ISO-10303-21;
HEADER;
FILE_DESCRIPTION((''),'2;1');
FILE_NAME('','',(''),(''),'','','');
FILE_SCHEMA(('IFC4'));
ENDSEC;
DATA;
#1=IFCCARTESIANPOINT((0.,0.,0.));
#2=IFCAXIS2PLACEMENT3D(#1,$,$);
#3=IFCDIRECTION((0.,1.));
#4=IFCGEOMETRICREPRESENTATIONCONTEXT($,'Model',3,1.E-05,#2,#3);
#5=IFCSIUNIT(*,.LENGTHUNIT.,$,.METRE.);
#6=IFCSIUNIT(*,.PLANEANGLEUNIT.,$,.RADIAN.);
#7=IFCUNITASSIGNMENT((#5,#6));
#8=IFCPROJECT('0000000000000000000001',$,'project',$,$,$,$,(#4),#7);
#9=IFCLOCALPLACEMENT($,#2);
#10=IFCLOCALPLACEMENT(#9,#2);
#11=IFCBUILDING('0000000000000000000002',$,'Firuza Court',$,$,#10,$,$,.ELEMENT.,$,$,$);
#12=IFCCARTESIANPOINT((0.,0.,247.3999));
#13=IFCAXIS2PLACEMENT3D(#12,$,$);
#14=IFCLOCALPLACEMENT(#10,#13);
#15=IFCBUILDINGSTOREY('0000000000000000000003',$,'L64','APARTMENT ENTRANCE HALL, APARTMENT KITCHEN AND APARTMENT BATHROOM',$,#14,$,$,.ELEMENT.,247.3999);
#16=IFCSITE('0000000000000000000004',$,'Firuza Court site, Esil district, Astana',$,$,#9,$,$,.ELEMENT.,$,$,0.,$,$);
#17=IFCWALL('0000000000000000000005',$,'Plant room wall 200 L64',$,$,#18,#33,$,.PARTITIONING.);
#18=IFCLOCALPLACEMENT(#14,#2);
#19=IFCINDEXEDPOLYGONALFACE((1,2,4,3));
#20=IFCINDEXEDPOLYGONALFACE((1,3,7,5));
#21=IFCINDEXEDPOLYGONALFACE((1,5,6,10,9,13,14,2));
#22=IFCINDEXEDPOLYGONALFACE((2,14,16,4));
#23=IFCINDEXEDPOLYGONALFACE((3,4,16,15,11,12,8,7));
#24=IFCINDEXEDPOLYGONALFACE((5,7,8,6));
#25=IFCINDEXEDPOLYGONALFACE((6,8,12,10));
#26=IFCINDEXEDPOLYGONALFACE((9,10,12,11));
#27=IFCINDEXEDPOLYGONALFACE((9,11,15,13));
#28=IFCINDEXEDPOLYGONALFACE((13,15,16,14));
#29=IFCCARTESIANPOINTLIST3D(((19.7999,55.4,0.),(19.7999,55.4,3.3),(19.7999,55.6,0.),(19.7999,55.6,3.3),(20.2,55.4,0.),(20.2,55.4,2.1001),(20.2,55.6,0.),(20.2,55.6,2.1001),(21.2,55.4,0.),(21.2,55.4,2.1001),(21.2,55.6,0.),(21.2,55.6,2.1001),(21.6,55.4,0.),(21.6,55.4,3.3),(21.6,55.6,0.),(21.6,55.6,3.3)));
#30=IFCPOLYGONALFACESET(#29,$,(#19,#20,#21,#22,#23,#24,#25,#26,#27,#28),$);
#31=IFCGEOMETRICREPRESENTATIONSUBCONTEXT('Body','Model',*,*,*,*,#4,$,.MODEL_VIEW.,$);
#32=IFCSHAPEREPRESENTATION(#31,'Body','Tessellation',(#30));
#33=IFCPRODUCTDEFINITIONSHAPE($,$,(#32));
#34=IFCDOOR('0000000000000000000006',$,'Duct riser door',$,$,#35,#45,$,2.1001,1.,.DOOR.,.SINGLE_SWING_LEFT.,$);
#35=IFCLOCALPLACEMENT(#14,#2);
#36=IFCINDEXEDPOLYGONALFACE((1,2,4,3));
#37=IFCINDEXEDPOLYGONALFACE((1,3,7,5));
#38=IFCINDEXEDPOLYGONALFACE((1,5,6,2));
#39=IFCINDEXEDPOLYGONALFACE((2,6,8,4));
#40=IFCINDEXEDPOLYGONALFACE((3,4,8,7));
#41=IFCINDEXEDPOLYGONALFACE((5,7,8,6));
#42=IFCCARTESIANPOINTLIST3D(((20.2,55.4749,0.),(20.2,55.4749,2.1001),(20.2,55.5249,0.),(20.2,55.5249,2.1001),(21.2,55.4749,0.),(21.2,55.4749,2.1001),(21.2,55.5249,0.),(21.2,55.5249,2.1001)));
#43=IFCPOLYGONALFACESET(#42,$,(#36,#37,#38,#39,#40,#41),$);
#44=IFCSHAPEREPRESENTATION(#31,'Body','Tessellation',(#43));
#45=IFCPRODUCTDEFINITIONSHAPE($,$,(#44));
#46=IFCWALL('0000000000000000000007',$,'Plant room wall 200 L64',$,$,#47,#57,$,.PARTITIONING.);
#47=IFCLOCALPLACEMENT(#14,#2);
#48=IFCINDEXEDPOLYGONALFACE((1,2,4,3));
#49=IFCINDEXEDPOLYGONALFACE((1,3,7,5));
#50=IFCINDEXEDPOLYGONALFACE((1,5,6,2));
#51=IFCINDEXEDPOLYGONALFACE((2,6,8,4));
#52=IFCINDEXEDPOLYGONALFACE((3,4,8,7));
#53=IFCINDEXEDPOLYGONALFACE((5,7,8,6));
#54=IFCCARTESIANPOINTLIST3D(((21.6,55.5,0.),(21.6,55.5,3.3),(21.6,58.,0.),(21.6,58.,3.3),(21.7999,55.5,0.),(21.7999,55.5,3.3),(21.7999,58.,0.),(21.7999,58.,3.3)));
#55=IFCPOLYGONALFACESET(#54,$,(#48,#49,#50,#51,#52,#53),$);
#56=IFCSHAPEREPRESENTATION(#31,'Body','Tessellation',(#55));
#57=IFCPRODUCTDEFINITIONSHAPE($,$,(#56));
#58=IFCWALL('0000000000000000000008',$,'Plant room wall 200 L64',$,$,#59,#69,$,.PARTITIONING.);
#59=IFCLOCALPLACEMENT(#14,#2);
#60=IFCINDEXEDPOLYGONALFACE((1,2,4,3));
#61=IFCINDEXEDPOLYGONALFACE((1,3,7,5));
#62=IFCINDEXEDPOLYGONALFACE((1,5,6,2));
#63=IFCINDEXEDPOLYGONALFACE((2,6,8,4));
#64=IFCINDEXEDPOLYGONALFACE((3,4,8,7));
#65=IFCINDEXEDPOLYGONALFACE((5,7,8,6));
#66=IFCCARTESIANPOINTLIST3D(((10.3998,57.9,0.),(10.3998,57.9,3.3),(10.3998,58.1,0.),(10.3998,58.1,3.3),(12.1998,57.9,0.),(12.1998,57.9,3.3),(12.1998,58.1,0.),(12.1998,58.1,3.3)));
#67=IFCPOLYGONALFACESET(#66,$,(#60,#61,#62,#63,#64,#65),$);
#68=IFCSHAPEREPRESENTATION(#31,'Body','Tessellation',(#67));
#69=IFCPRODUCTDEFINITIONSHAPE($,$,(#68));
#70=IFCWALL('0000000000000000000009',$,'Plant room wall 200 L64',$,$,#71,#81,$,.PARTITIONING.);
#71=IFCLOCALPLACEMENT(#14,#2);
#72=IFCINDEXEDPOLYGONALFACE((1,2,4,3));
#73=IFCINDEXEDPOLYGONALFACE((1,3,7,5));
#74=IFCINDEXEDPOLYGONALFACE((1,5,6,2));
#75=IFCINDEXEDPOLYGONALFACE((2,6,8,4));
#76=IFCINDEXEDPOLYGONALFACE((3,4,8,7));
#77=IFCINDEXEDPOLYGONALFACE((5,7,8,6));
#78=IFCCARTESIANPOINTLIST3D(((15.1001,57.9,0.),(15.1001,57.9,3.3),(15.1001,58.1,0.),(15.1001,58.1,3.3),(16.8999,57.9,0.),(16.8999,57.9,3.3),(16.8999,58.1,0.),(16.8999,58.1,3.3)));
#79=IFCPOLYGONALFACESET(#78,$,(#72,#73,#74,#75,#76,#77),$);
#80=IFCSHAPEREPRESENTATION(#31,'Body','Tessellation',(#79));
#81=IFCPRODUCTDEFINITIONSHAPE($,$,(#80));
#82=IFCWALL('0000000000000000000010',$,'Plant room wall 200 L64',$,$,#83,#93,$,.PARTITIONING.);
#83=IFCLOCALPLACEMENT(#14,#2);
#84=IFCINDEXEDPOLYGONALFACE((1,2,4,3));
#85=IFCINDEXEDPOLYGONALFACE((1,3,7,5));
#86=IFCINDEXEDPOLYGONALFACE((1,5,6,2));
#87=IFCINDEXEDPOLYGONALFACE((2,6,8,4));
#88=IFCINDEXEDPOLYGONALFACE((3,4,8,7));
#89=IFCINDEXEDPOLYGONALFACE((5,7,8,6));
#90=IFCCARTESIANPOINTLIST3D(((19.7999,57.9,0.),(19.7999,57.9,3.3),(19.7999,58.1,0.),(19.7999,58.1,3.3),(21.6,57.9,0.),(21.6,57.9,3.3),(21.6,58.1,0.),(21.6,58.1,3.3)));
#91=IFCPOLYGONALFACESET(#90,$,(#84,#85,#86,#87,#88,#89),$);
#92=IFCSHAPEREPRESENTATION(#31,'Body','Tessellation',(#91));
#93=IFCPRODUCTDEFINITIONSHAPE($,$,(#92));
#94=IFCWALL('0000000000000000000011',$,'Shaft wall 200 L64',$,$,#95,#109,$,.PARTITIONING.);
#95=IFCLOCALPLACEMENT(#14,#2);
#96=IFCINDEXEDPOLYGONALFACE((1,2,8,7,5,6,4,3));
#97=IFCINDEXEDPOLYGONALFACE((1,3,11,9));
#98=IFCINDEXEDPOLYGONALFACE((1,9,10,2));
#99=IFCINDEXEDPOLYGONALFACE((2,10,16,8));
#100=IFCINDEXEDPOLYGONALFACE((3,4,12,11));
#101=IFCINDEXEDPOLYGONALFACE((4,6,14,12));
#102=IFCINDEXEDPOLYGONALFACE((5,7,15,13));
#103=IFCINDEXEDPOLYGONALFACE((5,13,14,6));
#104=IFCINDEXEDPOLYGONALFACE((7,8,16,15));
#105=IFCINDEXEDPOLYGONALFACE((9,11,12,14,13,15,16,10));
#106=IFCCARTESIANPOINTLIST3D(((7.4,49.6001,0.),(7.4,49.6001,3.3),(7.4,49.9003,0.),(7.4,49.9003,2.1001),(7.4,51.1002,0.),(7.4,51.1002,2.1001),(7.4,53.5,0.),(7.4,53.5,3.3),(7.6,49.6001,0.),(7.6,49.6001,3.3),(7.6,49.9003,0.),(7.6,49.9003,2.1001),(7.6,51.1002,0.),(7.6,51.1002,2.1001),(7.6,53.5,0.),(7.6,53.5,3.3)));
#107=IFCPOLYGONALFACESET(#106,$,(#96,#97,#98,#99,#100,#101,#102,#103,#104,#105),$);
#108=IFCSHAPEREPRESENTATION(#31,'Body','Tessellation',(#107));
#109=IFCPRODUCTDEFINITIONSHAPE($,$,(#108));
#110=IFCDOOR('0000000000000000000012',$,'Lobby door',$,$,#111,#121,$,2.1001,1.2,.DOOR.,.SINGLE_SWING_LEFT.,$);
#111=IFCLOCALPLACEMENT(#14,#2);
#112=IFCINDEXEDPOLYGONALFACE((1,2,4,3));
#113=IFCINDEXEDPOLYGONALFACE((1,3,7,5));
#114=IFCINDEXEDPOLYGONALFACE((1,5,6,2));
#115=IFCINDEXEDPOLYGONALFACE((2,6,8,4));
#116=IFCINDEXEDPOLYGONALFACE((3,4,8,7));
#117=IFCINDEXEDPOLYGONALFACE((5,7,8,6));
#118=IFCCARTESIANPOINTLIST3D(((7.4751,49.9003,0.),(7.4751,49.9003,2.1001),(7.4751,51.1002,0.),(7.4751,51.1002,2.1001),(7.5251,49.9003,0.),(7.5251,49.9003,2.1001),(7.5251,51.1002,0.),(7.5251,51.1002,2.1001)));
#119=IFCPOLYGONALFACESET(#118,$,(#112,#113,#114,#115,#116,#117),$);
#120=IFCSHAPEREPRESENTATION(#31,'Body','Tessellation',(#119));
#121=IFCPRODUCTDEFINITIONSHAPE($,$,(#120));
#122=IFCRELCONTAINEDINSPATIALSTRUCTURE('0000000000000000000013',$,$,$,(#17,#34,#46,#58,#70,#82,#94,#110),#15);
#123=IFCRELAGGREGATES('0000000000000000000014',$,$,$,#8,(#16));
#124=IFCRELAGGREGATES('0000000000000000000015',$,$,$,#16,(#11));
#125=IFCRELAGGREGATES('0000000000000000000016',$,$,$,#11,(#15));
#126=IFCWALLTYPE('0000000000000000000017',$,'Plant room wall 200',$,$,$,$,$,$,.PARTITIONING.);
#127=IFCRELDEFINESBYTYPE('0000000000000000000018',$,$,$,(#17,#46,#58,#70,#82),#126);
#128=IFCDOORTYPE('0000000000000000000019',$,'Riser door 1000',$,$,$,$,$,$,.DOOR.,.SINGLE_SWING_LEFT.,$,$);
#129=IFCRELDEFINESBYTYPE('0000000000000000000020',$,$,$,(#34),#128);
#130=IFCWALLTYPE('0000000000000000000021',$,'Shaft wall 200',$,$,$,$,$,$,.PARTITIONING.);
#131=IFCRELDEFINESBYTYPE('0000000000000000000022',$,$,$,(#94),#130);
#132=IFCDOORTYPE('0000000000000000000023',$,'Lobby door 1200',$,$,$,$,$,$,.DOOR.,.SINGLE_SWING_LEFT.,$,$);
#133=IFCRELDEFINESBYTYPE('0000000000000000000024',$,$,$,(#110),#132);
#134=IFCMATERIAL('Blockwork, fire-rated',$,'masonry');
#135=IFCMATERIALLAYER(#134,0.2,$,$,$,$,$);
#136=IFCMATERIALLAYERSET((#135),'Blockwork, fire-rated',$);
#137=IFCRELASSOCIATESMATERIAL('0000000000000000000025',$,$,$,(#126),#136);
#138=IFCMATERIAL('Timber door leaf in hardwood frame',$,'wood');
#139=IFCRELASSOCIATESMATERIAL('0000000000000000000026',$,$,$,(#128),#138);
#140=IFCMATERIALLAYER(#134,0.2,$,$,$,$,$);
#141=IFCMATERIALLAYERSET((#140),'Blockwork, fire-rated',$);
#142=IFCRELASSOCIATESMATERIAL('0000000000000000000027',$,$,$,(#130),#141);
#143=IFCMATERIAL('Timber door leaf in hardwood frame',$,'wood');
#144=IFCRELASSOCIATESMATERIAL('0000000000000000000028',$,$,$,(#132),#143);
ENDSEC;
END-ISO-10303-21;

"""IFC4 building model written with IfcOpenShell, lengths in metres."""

from ifc_helpers import new_model, si_unit, direction, frame, frame_2d, origin, place, context, subcontext, project, spatial, rectangle, extrude, material, layer, layer_set, type_object, element, fill, save


model = new_model("IFC4")

# Units and contexts
model_context = context("Model", 3, precision=1e-05, world=origin(), true_north=direction((0.0, 1.0)))
body_context = subcontext(model_context, "Body", "Model", "MODEL_VIEW")
ifc_project = project(units=[si_unit("LENGTHUNIT", "METRE"), si_unit("PLANEANGLEUNIT", "RADIAN")], contexts=[model_context])

# Site, building, storey
site_placement = place(None, origin())
site = spatial("IfcSite", under=ifc_project, at=site_placement, Name="Firuza Court site, Esil district, Astana", CompositionType="ELEMENT", RefElevation=0.0)
building_placement = place(site_placement, origin())
building = spatial("IfcBuilding", under=site, at=building_placement, Name="Firuza Court", CompositionType="ELEMENT")
storey_placement = place(building_placement, frame((0.0, 0.0, 247.3999)))
storey = spatial("IfcBuildingStorey", under=building, at=storey_placement, Name="L64", Description="APARTMENT ENTRANCE HALL, APARTMENT KITCHEN AND APARTMENT BATHROOM", CompositionType="ELEMENT", Elevation=247.3999)

# Shared definitions
ifc_material_1 = material(Name="Blockwork, fire-rated", Category="masonry")
ifc_layer_1 = layer(ifc_material_1, 0.2)
ifc_layer_set_1 = layer_set([ifc_layer_1], Name="Blockwork, fire-rated")
wall_type_1 = type_object("IfcWallType", Name="Plant room wall 200", PredefinedType="PARTITIONING", material=ifc_layer_set_1)

# Shared definitions
ifc_material_2 = material(Name="Timber door leaf in hardwood frame", Category="wood")
door_type_1 = type_object("IfcDoorType", Name="Riser door 1000", OperationType="SINGLE_SWING_LEFT", PredefinedType="DOOR", material=ifc_material_2)

# Wall, opening, door
wall_1_placement = place(storey_placement, frame((19.8, 55.5, 0.0), z_axis=(0.0, 0.0, 1.0), x_axis=(1.0, 0.0, 0.0)))
wall_1 = element("IfcWall", 1, at=wall_1_placement, inside=storey, type_object=wall_type_1, Name="Plant room wall 200 L64", PredefinedType="PARTITIONING", context=body_context, shape_type="SweptSolid", body=[
    extrude(rectangle(XDim=1.8, YDim=0.2, at=frame_2d((0.8999, 0.0))), origin(), (0.0, 0.0, 1.0), 3.3),
])
opening_1_placement = place(wall_1_placement, frame((0.3999, 0.0, 0.0)))
opening_1 = element("IfcOpeningElement", 2, at=opening_1_placement, cuts=wall_1, PredefinedType="OPENING", context=body_context, shape_type="SweptSolid", body=[
    extrude(rectangle(XDim=1.0, YDim=2.1001, at=frame_2d((0.5, 1.05))), frame((0.0, 0.1118, 0.0), z_axis=(0.0, -1.0, 0.0), x_axis=(1.0, 0.0, 0.0)), (0.0, 0.0, 1.0), 0.2239),
])
door_1_placement = place(opening_1_placement, origin())
door_1 = element("IfcDoor", 3, at=door_1_placement, inside=storey, type_object=door_type_1, Name="Duct riser door", OperationType="SINGLE_SWING_LEFT", OverallHeight=2.1001, OverallWidth=1.0, PredefinedType="DOOR", context=body_context, shape_type="SweptSolid", body=[
    extrude(rectangle(XDim=1.0, YDim=2.1001, at=frame_2d((0.5, 1.05))), frame((0.0, 0.0249, 0.0), z_axis=(0.0, -1.0, 0.0), x_axis=(1.0, 0.0, 0.0)), (0.0, 0.0, 1.0), 0.05),
])
fill(opening_1, door_1)

# Walls
wall_2_placement = place(storey_placement, frame((21.7, 55.5, 0.0), z_axis=(0.0, 0.0, 1.0), x_axis=(0.0, 1.0, 0.0)))
element("IfcWall", 4, at=wall_2_placement, inside=storey, type_object=wall_type_1, Name="Plant room wall 200 L64", PredefinedType="PARTITIONING", context=body_context, shape_type="SweptSolid", body=[
    extrude(rectangle(XDim=2.5, YDim=0.2, at=frame_2d((1.25, 0.0))), origin(), (0.0, 0.0, 1.0), 3.3),
])
wall_3_placement = place(storey_placement, frame((10.3999, 58.0, 0.0), z_axis=(0.0, 0.0, 1.0), x_axis=(1.0, 0.0, 0.0)))
element("IfcWall", 5, at=wall_3_placement, inside=storey, type_object=wall_type_1, Name="Plant room wall 200 L64", PredefinedType="PARTITIONING", context=body_context, shape_type="SweptSolid", body=[
    extrude(rectangle(XDim=1.8, YDim=0.2, at=frame_2d((0.8999, 0.0))), origin(), (0.0, 0.0, 1.0), 3.3),
])
wall_4_placement = place(storey_placement, frame((15.1001, 58.0, 0.0), z_axis=(0.0, 0.0, 1.0), x_axis=(1.0, 0.0, 0.0)))
element("IfcWall", 6, at=wall_4_placement, inside=storey, type_object=wall_type_1, Name="Plant room wall 200 L64", PredefinedType="PARTITIONING", context=body_context, shape_type="SweptSolid", body=[
    extrude(rectangle(XDim=1.7998, YDim=0.2, at=frame_2d((0.8999, 0.0))), origin(), (0.0, 0.0, 1.0), 3.3),
])
wall_5_placement = place(storey_placement, frame((19.8, 58.0, 0.0), z_axis=(0.0, 0.0, 1.0), x_axis=(1.0, 0.0, 0.0)))
element("IfcWall", 7, at=wall_5_placement, inside=storey, type_object=wall_type_1, Name="Plant room wall 200 L64", PredefinedType="PARTITIONING", context=body_context, shape_type="SweptSolid", body=[
    extrude(rectangle(XDim=1.8, YDim=0.2, at=frame_2d((0.8999, 0.0))), origin(), (0.0, 0.0, 1.0), 3.3),
])

# Wall, opening, door
ifc_layer_2 = layer(ifc_material_1, 0.2)
ifc_layer_set_2 = layer_set([ifc_layer_2], Name="Blockwork, fire-rated")
wall_type_2 = type_object("IfcWallType", Name="Shaft wall 200", PredefinedType="PARTITIONING", material=ifc_layer_set_2)
wall_6_placement = place(storey_placement, frame((7.5, 49.6001, 0.0), z_axis=(0.0, 0.0, 1.0), x_axis=(0.0, 1.0, 0.0)))
wall_6 = element("IfcWall", 8, at=wall_6_placement, inside=storey, type_object=wall_type_2, Name="Shaft wall 200 L64", PredefinedType="PARTITIONING", context=body_context, shape_type="SweptSolid", body=[
    extrude(rectangle(XDim=3.8999, YDim=0.2, at=frame_2d((1.95, 0.0))), origin(), (0.0, 0.0, 1.0), 3.3),
])
opening_2_placement = place(wall_6_placement, frame((0.3, 0.0, 0.0)))
opening_2 = element("IfcOpeningElement", 9, at=opening_2_placement, cuts=wall_6, PredefinedType="OPENING", context=body_context, shape_type="SweptSolid", body=[
    extrude(rectangle(XDim=1.2, YDim=2.1001, at=frame_2d((0.6001, 1.05))), frame((0.0, 0.1118, 0.0), z_axis=(0.0, -1.0, 0.0), x_axis=(1.0, 0.0, 0.0)), (0.0, 0.0, 1.0), 0.2239),
])
ifc_material_3 = material(Name="Timber door leaf in hardwood frame", Category="wood")
door_type_2 = type_object("IfcDoorType", Name="Lobby door 1200", OperationType="SINGLE_SWING_LEFT", PredefinedType="DOOR", material=ifc_material_3)
door_2_placement = place(opening_2_placement, origin())
door_2 = element("IfcDoor", 10, at=door_2_placement, inside=storey, type_object=door_type_2, Name="Lobby door", OperationType="SINGLE_SWING_LEFT", OverallHeight=2.1001, OverallWidth=1.2, PredefinedType="DOOR", context=body_context, shape_type="SweptSolid", body=[
    extrude(rectangle(XDim=1.2, YDim=2.1001, at=frame_2d((0.6001, 1.05))), frame((0.0, 0.0249, 0.0), z_axis=(0.0, -1.0, 0.0), x_axis=(1.0, 0.0, 0.0)), (0.0, 0.0, 1.0), 0.05),
])
fill(opening_2, door_2)

save(model, "model.ifc")
